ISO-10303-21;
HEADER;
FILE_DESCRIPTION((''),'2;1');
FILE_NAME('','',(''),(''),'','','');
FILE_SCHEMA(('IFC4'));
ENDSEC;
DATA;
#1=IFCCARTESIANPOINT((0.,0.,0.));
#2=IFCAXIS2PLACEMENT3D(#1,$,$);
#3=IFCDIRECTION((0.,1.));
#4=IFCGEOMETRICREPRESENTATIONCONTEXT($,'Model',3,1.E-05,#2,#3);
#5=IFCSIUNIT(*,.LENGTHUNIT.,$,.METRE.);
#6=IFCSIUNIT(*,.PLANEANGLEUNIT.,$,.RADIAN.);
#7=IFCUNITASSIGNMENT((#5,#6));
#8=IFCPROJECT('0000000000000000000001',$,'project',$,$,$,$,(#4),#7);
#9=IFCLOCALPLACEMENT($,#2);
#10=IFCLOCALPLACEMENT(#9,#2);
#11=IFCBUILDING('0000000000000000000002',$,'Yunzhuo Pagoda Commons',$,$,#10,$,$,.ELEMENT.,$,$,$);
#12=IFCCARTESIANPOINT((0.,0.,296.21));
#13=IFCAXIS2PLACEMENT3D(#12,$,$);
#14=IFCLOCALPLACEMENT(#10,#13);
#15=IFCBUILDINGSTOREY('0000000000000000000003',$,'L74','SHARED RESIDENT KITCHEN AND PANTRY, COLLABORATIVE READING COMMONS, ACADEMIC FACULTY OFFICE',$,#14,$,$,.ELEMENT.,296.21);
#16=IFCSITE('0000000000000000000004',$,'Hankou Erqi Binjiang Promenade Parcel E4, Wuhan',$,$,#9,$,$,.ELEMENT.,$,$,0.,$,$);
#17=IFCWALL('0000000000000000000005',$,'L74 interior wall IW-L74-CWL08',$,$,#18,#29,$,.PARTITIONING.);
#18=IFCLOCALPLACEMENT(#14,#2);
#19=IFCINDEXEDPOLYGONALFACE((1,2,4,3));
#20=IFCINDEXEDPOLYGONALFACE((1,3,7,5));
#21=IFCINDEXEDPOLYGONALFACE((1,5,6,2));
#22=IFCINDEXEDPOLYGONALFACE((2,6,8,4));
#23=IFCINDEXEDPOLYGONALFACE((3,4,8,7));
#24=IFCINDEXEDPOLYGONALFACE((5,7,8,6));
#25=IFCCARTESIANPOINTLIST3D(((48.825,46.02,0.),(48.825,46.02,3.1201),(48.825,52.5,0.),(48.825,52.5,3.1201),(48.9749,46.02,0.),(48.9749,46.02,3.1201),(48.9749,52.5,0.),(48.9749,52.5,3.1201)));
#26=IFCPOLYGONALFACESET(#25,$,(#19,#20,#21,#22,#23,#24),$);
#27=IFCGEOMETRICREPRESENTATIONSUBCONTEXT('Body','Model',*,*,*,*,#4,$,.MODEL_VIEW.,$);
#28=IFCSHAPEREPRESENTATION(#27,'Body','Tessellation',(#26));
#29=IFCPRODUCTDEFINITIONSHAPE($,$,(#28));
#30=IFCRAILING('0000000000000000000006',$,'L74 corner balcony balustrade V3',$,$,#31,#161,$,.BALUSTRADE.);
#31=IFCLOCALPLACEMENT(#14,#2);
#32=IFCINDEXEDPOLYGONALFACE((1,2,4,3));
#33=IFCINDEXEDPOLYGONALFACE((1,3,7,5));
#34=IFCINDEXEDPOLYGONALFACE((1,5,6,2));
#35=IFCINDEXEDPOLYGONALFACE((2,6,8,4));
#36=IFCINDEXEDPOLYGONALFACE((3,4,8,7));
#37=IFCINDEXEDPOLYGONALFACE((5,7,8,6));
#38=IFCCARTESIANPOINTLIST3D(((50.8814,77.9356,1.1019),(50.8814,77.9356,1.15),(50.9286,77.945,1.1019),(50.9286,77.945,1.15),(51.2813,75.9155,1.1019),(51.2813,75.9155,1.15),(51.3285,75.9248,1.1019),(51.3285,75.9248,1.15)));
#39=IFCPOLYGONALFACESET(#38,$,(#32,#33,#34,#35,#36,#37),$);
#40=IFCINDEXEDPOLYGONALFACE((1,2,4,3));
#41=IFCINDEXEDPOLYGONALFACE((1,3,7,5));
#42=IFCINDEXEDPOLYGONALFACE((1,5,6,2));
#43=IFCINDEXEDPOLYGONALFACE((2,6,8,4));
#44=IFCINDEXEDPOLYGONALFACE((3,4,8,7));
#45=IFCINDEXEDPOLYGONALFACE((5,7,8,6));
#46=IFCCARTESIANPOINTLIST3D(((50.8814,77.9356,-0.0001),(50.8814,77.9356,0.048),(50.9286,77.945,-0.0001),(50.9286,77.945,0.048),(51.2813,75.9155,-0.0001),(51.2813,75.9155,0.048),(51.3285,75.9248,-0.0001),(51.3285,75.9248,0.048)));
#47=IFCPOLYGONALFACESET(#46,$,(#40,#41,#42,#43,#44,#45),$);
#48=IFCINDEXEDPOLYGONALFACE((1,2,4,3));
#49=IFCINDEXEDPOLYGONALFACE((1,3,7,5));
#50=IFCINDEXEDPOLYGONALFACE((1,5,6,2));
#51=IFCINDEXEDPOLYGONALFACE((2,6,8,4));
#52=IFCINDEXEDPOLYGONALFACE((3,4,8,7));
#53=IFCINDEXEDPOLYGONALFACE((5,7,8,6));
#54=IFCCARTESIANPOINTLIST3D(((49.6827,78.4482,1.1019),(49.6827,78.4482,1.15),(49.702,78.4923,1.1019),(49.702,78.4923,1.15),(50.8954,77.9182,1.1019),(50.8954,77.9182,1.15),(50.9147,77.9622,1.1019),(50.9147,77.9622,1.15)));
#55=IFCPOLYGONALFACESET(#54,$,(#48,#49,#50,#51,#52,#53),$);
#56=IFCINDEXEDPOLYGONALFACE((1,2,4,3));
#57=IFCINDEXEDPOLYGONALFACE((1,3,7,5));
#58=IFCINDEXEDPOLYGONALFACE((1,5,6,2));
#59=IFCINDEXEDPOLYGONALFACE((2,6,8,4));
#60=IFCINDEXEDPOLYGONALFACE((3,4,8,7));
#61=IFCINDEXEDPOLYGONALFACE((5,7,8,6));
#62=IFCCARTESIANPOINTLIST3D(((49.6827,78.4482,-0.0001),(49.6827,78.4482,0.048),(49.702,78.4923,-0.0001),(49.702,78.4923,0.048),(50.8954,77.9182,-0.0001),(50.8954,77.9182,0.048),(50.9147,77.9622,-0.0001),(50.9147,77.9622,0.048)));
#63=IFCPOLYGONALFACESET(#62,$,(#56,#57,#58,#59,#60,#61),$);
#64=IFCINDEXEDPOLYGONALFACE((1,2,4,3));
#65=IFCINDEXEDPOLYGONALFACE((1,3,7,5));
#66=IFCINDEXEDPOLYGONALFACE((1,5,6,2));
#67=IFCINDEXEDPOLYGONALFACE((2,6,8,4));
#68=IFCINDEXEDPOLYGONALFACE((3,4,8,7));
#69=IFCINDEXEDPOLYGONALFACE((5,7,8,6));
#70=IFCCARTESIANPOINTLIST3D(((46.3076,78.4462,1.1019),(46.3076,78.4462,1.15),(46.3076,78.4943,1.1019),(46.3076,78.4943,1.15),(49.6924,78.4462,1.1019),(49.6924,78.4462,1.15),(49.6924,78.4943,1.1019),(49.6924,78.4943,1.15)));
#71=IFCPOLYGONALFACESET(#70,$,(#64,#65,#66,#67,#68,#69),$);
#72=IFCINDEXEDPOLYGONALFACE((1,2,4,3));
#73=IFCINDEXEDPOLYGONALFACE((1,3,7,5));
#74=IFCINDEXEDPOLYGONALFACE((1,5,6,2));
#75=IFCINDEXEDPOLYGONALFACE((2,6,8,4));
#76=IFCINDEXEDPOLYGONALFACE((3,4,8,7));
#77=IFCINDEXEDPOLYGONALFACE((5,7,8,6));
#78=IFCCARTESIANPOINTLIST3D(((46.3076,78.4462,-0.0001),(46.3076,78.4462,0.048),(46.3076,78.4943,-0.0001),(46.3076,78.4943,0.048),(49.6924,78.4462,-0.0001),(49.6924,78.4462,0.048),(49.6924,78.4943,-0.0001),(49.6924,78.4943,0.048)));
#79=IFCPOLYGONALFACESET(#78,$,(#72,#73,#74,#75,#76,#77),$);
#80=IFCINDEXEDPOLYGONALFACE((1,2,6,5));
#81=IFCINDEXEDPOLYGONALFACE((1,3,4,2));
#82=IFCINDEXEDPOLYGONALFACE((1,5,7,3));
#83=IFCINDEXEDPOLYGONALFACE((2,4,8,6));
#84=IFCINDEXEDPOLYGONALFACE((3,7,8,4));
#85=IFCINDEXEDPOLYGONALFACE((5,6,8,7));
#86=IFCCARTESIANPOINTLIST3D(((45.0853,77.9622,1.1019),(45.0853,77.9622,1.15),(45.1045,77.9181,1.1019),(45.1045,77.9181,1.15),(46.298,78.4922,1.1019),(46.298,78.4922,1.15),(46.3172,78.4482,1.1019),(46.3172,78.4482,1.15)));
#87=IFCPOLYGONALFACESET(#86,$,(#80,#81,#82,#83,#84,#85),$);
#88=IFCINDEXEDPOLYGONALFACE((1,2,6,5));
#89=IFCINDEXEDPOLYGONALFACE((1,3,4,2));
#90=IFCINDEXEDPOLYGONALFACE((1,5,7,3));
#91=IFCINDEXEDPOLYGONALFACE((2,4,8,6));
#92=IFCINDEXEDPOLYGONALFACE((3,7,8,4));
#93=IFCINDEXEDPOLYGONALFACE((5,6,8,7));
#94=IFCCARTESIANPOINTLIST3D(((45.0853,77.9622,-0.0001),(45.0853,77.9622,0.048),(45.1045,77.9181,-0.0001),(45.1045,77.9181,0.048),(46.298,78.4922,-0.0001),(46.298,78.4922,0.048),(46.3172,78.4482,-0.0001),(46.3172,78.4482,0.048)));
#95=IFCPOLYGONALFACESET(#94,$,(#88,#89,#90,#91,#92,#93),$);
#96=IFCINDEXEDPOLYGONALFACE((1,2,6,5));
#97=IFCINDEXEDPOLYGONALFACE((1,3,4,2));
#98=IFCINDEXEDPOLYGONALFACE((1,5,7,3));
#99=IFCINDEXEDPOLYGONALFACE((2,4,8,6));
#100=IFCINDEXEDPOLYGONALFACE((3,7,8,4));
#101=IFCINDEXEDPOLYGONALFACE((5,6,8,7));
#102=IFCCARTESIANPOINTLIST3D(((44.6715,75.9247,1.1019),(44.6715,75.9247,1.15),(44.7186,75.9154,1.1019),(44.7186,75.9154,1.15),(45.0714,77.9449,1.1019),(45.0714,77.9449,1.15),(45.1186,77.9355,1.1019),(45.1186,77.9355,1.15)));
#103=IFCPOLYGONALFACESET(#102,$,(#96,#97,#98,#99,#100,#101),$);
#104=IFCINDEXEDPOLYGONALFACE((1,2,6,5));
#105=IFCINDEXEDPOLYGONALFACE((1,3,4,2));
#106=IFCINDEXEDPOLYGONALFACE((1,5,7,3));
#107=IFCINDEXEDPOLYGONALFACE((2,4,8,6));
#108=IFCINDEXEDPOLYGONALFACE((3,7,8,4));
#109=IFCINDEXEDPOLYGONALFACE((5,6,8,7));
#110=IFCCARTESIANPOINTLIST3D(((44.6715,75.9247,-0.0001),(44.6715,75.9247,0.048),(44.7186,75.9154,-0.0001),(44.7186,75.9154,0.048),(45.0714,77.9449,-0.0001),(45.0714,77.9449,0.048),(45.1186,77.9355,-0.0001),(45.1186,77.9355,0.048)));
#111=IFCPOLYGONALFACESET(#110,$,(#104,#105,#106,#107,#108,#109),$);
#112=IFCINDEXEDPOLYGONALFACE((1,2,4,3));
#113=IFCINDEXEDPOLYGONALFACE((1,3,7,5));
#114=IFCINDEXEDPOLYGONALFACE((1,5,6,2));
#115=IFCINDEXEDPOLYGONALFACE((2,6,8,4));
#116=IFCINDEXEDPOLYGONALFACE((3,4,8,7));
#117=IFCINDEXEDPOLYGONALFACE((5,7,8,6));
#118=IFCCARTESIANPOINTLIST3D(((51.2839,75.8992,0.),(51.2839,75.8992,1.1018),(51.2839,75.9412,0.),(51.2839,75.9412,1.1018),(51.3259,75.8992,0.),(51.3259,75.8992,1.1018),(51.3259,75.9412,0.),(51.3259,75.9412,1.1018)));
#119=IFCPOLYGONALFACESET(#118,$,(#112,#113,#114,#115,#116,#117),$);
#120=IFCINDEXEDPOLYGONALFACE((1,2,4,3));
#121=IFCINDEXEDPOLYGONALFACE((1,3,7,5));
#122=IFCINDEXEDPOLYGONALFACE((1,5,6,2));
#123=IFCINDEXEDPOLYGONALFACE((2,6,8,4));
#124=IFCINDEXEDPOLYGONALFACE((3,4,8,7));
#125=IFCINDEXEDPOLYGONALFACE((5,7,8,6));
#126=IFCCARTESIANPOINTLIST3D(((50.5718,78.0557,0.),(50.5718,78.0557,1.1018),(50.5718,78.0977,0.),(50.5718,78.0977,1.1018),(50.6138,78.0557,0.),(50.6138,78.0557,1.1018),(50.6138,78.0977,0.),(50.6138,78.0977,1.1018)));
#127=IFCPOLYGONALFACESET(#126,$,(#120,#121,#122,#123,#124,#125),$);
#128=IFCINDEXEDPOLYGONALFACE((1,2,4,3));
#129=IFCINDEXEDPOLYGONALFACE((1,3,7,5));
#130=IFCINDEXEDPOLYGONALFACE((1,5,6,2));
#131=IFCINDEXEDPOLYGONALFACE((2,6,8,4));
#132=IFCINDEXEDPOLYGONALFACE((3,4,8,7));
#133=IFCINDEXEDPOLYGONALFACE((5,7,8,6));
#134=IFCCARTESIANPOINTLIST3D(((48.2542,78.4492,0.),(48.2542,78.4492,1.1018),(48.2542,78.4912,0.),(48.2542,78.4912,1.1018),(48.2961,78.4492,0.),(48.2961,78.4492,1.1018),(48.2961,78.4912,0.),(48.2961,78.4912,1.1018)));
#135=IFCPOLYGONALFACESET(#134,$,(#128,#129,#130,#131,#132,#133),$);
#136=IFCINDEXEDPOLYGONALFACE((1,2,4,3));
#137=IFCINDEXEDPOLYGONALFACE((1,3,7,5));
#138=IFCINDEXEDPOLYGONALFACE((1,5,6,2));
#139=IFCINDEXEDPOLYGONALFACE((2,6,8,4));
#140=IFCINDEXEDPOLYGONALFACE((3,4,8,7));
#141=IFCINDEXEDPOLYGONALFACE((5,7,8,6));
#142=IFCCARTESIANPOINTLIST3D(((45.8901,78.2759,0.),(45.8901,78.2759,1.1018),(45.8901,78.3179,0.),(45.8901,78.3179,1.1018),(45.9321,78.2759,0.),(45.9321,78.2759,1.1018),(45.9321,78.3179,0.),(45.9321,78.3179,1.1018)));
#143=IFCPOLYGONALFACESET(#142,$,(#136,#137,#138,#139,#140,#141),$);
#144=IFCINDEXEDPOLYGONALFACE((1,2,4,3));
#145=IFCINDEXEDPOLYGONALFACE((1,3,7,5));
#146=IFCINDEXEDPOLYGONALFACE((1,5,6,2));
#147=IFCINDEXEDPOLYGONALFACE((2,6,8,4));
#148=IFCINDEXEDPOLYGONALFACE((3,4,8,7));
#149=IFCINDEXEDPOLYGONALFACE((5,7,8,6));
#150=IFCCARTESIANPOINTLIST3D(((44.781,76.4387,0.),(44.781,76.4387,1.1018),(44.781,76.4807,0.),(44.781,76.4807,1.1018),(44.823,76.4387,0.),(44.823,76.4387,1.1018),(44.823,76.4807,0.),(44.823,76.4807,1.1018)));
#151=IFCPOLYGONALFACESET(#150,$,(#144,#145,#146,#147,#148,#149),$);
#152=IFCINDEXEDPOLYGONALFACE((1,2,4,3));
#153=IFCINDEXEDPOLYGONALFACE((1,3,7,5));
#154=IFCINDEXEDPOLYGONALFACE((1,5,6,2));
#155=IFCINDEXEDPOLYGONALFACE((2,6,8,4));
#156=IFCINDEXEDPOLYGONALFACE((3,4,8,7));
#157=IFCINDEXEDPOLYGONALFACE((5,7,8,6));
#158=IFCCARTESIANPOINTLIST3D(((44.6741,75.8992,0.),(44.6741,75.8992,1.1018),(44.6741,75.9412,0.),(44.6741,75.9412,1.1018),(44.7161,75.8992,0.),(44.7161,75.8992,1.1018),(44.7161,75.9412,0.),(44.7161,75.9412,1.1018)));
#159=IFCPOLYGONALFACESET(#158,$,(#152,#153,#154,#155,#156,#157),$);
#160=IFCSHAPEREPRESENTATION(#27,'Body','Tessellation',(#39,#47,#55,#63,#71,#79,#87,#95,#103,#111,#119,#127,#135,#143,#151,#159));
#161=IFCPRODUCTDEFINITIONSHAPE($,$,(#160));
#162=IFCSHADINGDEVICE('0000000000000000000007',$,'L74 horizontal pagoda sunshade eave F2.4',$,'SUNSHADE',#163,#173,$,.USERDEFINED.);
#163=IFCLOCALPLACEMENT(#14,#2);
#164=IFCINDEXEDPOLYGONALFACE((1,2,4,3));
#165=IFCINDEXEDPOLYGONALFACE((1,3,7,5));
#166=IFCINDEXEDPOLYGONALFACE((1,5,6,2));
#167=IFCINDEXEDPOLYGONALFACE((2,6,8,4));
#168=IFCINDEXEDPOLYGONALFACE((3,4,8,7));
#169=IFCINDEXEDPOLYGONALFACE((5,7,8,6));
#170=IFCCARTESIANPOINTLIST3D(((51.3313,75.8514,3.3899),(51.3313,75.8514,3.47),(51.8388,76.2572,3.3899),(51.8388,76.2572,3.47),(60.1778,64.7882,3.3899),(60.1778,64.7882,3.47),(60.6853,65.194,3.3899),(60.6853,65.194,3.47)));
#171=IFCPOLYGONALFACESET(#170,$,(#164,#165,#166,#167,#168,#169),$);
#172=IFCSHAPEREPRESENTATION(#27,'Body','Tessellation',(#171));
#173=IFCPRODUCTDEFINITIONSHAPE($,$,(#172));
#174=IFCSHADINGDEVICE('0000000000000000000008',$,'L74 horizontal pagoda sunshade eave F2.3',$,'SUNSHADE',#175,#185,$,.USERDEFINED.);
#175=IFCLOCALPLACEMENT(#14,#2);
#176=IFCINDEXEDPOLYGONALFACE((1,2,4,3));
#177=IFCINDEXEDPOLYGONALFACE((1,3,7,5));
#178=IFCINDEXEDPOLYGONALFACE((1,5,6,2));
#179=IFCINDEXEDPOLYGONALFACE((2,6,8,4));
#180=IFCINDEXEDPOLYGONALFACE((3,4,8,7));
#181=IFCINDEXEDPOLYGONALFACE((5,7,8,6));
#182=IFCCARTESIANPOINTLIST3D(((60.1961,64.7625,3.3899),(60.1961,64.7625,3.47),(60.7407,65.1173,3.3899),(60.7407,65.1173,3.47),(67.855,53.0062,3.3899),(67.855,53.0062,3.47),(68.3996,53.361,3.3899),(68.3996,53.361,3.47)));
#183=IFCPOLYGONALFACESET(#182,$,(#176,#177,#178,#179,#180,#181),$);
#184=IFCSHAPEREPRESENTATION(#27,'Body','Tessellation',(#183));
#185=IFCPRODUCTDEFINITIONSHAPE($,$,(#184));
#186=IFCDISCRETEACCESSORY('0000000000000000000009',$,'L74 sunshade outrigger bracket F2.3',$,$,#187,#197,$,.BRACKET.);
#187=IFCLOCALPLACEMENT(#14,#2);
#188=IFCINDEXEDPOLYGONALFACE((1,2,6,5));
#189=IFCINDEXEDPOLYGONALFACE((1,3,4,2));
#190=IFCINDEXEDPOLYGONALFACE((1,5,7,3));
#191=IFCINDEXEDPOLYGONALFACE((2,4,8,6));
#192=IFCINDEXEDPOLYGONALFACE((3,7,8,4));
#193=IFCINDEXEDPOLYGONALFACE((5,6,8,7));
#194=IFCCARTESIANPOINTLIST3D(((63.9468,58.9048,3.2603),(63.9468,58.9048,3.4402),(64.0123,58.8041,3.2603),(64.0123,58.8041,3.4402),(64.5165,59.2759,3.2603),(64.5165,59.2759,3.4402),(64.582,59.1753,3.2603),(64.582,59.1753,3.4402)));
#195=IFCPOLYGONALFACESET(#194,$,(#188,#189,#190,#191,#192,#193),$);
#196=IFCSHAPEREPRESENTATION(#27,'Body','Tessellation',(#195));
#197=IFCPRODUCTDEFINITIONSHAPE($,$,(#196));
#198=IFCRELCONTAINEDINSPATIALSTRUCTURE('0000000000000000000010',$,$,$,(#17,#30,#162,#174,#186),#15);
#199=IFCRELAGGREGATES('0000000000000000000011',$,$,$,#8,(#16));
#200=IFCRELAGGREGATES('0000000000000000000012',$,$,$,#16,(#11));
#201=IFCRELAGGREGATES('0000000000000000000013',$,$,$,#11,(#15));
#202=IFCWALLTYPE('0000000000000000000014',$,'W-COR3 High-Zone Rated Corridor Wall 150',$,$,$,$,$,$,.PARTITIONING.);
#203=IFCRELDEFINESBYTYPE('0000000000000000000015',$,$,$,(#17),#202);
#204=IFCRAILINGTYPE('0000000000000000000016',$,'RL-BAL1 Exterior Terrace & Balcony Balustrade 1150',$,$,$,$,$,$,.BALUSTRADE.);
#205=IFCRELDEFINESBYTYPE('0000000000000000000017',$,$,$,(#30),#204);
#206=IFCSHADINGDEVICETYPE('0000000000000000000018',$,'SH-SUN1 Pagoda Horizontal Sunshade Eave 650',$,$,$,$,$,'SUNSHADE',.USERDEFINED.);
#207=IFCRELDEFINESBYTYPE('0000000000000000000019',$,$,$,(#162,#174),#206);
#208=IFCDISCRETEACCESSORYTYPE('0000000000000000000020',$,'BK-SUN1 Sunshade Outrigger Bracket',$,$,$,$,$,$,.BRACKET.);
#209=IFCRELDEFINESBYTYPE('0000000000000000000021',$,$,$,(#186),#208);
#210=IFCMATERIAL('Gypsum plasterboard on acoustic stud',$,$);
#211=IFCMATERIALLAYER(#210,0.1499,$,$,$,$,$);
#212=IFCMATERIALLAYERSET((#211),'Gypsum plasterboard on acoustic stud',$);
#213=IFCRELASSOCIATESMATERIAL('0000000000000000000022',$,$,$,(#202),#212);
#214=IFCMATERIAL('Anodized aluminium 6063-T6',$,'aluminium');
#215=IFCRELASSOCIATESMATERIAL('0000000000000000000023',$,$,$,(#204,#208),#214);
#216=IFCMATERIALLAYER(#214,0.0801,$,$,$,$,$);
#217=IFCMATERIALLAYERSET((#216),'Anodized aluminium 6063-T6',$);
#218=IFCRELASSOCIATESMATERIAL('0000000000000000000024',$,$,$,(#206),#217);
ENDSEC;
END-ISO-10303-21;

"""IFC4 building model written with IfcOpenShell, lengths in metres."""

from ifc_helpers import new_model, si_unit, direction, frame, frame_2d, origin, origin_2d, place, context, subcontext, project, spatial, rectangle, extrude, source, transform, mapped, material, layer, layer_set, type_object, element, save


model = new_model("IFC4")

# Units and contexts
model_context = context("Model", 3, precision=1e-05, world=origin(), true_north=direction((0.0, 1.0)))
body_context = subcontext(model_context, "Body", "Model", "MODEL_VIEW")
ifc_project = project(units=[si_unit("LENGTHUNIT", "METRE"), si_unit("PLANEANGLEUNIT", "RADIAN")], contexts=[model_context])

# Site, building, storey
site_placement = place(None, origin())
site = spatial("IfcSite", under=ifc_project, at=site_placement, Name="Hankou Erqi Binjiang Promenade Parcel E4, Wuhan", CompositionType="ELEMENT", RefElevation=0.0)
building_placement = place(site_placement, origin())
building = spatial("IfcBuilding", under=site, at=building_placement, Name="Yunzhuo Pagoda Commons", CompositionType="ELEMENT")
storey_placement = place(building_placement, frame((0.0, 0.0, 296.21)))
storey = spatial("IfcBuildingStorey", under=building, at=storey_placement, Name="L74", Description="SHARED RESIDENT KITCHEN AND PANTRY, COLLABORATIVE READING COMMONS, ACADEMIC FACULTY OFFICE", CompositionType="ELEMENT", Elevation=296.21)

# Shared definitions
ifc_material_1 = material(Name="Anodized aluminium 6063-T6", Category="aluminium")

# Wall
ifc_material_2 = material(Name="Gypsum plasterboard on acoustic stud")
ifc_layer_1 = layer(ifc_material_2, 0.1499)
ifc_layer_set_1 = layer_set([ifc_layer_1], Name="Gypsum plasterboard on acoustic stud")
wall_type_1 = type_object("IfcWallType", Name="W-COR3 High-Zone Rated Corridor Wall 150", PredefinedType="PARTITIONING", material=ifc_layer_set_1)
wall_1_placement = place(storey_placement, frame((48.8999, 52.5, 0.0), z_axis=(0.0, 0.0, 1.0), x_axis=(0.0, -1.0, 0.0)))
element("IfcWall", 1, at=wall_1_placement, inside=storey, type_object=wall_type_1, Name="L74 interior wall IW-L74-CWL08", PredefinedType="PARTITIONING", context=body_context, shape_type="SweptSolid", body=[
    extrude(rectangle(XDim=6.48, YDim=0.1499, at=frame_2d((3.24, 0.0))), origin(), (0.0, 0.0, 1.0), 3.1201),
])

# Railing
railing_type = type_object("IfcRailingType", Name="RL-BAL1 Exterior Terrace & Balcony Balustrade 1150", PredefinedType="BALUSTRADE", material=ifc_material_1)
railing_placement = place(storey_placement, frame((51.3049, 75.9202, 0.0)))
element("IfcRailing", 2, at=railing_placement, inside=storey, type_object=railing_type, Name="L74 corner balcony balustrade V3", PredefinedType="BALUSTRADE", context=body_context, shape_type="SweptSolid", body=[
    extrude(rectangle(XDim=0.0481, YDim=0.0481, at=origin_2d()), frame((0.0, 0.0, 1.126), z_axis=(-0.194201, 0.980962, 0.0), x_axis=(-0.980962, -0.194201, 0.0)), (0.0, 0.0, 1.0), 2.0593),
    extrude(rectangle(XDim=0.0481, YDim=0.0481, at=origin_2d()), frame((0.0, 0.0, 0.0239), z_axis=(-0.194201, 0.980962, 0.0), x_axis=(-0.980962, -0.194201, 0.0)), (0.0, 0.0, 1.0), 2.0593),
    extrude(rectangle(XDim=0.0481, YDim=0.0481, at=origin_2d()), frame((-0.3999, 2.02, 1.126), z_axis=(-0.916297, 0.400499, 0.0), x_axis=(-0.400499, -0.916297, 0.0)), (0.0, 0.0, 1.0), 1.3235),
    extrude(rectangle(XDim=0.0481, YDim=0.0481, at=origin_2d()), frame((-0.3999, 2.02, 0.0239), z_axis=(-0.916297, 0.400499, 0.0), x_axis=(-0.400499, -0.916297, 0.0)), (0.0, 0.0, 1.0), 1.3235),
    extrude(rectangle(XDim=0.0481, YDim=0.0481, at=origin_2d()), frame((-1.6125, 2.55, 1.126), z_axis=(-1.0, 0.0, 0.0), x_axis=(0.0, -1.0, 0.0)), (0.0, 0.0, 1.0), 3.3848),
    extrude(rectangle(XDim=0.0481, YDim=0.0481, at=origin_2d()), frame((-1.6125, 2.55, 0.0239), z_axis=(-1.0, 0.0, 0.0), x_axis=(0.0, -1.0, 0.0)), (0.0, 0.0, 1.0), 3.3848),
    extrude(rectangle(XDim=0.0481, YDim=0.0481, at=origin_2d()), frame((-4.9973, 2.55, 1.126), z_axis=(-0.916297, -0.400499, 0.0), x_axis=(0.400499, -0.916297, 0.0)), (0.0, 0.0, 1.0), 1.3235),
    extrude(rectangle(XDim=0.0481, YDim=0.0481, at=origin_2d()), frame((-4.9973, 2.55, 0.0239), z_axis=(-0.916297, -0.400499, 0.0), x_axis=(0.400499, -0.916297, 0.0)), (0.0, 0.0, 1.0), 1.3235),
    extrude(rectangle(XDim=0.0481, YDim=0.0481, at=origin_2d()), frame((-6.21, 2.02, 1.126), z_axis=(-0.194201, -0.980962, 0.0), x_axis=(0.980962, -0.194201, 0.0)), (0.0, 0.0, 1.0), 2.0593),
    extrude(rectangle(XDim=0.0481, YDim=0.0481, at=origin_2d()), frame((-6.21, 2.02, 0.0239), z_axis=(-0.194201, -0.980962, 0.0), x_axis=(0.980962, -0.194201, 0.0)), (0.0, 0.0, 1.0), 2.0593),
    extrude(rectangle(XDim=0.042, YDim=0.042, at=origin_2d()), origin(), (0.0, 0.0, 1.0), 1.1018),
    extrude(rectangle(XDim=0.042, YDim=0.042, at=origin_2d()), frame((-0.7122, 2.1565, 0.0)), (0.0, 0.0, 1.0), 1.1018),
    extrude(rectangle(XDim=0.042, YDim=0.042, at=origin_2d()), frame((-3.0298, 2.55, 0.0)), (0.0, 0.0, 1.0), 1.1018),
    extrude(rectangle(XDim=0.042, YDim=0.042, at=origin_2d()), frame((-5.3938, 2.3767, 0.0)), (0.0, 0.0, 1.0), 1.1018),
    extrude(rectangle(XDim=0.042, YDim=0.042, at=origin_2d()), frame((-6.5029, 0.5396, 0.0)), (0.0, 0.0, 1.0), 1.1018),
    extrude(rectangle(XDim=0.042, YDim=0.042, at=origin_2d()), frame((-6.6099, 0.0, 0.0)), (0.0, 0.0, 1.0), 1.1018),
])

# Shading devices
ifc_layer_2 = layer(ifc_material_1, 0.0801)
ifc_layer_set_2 = layer_set([ifc_layer_2], Name="Anodized aluminium 6063-T6")
shading_device_type = type_object("IfcShadingDeviceType", Name="SH-SUN1 Pagoda Horizontal Sunshade Eave 650", ElementType="SUNSHADE", PredefinedType="USERDEFINED", material=ifc_layer_set_2)
shared_shape_1 = source(origin(), body_context, "Body", "SweptSolid", [
    extrude(rectangle(XDim=14.1653, YDim=0.6499, at=origin_2d()), origin(), (0.0, 0.0, 1.0), 0.0801),
])
shading_device_1_placement = place(storey_placement, frame((56.0083, 70.5227, 3.3899), z_axis=(0.0, 0.0, 1.0), x_axis=(-0.62452, 0.781008, 0.0)))
element("IfcShadingDevice", 3, at=shading_device_1_placement, inside=storey, type_object=shading_device_type, Name="L74 horizontal pagoda sunshade eave F2.4", ObjectType="SUNSHADE", PredefinedType="USERDEFINED", context=body_context, shape_type="MappedRepresentation", body=[
    mapped(shared_shape_1, transform((0.0, 0.0, 0.0), scale=1.0)),
])
shared_shape_2 = source(origin(), body_context, "Body", "SweptSolid", [
    extrude(rectangle(XDim=14.031, YDim=0.6499, at=origin_2d()), origin(), (0.0, 0.0, 1.0), 0.0801),
])
shading_device_2_placement = place(storey_placement, frame((64.2979, 59.0618, 3.3899), z_axis=(0.0, 0.0, 1.0), x_axis=(-0.545853, 0.837881, 0.0)))
element("IfcShadingDevice", 4, at=shading_device_2_placement, inside=storey, type_object=shading_device_type, Name="L74 horizontal pagoda sunshade eave F2.3", ObjectType="SUNSHADE", PredefinedType="USERDEFINED", context=body_context, shape_type="MappedRepresentation", body=[
    mapped(shared_shape_2, transform((0.0, 0.0, 0.0), scale=1.0)),
])

# Discrete accessory
discrete_accessory_type = type_object("IfcDiscreteAccessoryType", Name="BK-SUN1 Sunshade Outrigger Bracket", PredefinedType="BRACKET", material=ifc_material_1)
shared_shape_3 = source(origin(), body_context, "Body", "SweptSolid", [
    extrude(rectangle(XDim=0.1201, YDim=0.6799, at=origin_2d()), origin(), (0.0, 0.0, 1.0), 0.1799),
])
discrete_accessory_placement = place(storey_placement, frame((64.2644, 59.04, 3.2603), z_axis=(0.0, 0.0, 1.0), x_axis=(-0.545853, 0.837881, 0.0)))
element("IfcDiscreteAccessory", 5, at=discrete_accessory_placement, inside=storey, type_object=discrete_accessory_type, Name="L74 sunshade outrigger bracket F2.3", PredefinedType="BRACKET", context=body_context, shape_type="MappedRepresentation", body=[
    mapped(shared_shape_3, transform((0.0, 0.0, 0.0), scale=1.0)),
])

save(model, "model.ifc")
